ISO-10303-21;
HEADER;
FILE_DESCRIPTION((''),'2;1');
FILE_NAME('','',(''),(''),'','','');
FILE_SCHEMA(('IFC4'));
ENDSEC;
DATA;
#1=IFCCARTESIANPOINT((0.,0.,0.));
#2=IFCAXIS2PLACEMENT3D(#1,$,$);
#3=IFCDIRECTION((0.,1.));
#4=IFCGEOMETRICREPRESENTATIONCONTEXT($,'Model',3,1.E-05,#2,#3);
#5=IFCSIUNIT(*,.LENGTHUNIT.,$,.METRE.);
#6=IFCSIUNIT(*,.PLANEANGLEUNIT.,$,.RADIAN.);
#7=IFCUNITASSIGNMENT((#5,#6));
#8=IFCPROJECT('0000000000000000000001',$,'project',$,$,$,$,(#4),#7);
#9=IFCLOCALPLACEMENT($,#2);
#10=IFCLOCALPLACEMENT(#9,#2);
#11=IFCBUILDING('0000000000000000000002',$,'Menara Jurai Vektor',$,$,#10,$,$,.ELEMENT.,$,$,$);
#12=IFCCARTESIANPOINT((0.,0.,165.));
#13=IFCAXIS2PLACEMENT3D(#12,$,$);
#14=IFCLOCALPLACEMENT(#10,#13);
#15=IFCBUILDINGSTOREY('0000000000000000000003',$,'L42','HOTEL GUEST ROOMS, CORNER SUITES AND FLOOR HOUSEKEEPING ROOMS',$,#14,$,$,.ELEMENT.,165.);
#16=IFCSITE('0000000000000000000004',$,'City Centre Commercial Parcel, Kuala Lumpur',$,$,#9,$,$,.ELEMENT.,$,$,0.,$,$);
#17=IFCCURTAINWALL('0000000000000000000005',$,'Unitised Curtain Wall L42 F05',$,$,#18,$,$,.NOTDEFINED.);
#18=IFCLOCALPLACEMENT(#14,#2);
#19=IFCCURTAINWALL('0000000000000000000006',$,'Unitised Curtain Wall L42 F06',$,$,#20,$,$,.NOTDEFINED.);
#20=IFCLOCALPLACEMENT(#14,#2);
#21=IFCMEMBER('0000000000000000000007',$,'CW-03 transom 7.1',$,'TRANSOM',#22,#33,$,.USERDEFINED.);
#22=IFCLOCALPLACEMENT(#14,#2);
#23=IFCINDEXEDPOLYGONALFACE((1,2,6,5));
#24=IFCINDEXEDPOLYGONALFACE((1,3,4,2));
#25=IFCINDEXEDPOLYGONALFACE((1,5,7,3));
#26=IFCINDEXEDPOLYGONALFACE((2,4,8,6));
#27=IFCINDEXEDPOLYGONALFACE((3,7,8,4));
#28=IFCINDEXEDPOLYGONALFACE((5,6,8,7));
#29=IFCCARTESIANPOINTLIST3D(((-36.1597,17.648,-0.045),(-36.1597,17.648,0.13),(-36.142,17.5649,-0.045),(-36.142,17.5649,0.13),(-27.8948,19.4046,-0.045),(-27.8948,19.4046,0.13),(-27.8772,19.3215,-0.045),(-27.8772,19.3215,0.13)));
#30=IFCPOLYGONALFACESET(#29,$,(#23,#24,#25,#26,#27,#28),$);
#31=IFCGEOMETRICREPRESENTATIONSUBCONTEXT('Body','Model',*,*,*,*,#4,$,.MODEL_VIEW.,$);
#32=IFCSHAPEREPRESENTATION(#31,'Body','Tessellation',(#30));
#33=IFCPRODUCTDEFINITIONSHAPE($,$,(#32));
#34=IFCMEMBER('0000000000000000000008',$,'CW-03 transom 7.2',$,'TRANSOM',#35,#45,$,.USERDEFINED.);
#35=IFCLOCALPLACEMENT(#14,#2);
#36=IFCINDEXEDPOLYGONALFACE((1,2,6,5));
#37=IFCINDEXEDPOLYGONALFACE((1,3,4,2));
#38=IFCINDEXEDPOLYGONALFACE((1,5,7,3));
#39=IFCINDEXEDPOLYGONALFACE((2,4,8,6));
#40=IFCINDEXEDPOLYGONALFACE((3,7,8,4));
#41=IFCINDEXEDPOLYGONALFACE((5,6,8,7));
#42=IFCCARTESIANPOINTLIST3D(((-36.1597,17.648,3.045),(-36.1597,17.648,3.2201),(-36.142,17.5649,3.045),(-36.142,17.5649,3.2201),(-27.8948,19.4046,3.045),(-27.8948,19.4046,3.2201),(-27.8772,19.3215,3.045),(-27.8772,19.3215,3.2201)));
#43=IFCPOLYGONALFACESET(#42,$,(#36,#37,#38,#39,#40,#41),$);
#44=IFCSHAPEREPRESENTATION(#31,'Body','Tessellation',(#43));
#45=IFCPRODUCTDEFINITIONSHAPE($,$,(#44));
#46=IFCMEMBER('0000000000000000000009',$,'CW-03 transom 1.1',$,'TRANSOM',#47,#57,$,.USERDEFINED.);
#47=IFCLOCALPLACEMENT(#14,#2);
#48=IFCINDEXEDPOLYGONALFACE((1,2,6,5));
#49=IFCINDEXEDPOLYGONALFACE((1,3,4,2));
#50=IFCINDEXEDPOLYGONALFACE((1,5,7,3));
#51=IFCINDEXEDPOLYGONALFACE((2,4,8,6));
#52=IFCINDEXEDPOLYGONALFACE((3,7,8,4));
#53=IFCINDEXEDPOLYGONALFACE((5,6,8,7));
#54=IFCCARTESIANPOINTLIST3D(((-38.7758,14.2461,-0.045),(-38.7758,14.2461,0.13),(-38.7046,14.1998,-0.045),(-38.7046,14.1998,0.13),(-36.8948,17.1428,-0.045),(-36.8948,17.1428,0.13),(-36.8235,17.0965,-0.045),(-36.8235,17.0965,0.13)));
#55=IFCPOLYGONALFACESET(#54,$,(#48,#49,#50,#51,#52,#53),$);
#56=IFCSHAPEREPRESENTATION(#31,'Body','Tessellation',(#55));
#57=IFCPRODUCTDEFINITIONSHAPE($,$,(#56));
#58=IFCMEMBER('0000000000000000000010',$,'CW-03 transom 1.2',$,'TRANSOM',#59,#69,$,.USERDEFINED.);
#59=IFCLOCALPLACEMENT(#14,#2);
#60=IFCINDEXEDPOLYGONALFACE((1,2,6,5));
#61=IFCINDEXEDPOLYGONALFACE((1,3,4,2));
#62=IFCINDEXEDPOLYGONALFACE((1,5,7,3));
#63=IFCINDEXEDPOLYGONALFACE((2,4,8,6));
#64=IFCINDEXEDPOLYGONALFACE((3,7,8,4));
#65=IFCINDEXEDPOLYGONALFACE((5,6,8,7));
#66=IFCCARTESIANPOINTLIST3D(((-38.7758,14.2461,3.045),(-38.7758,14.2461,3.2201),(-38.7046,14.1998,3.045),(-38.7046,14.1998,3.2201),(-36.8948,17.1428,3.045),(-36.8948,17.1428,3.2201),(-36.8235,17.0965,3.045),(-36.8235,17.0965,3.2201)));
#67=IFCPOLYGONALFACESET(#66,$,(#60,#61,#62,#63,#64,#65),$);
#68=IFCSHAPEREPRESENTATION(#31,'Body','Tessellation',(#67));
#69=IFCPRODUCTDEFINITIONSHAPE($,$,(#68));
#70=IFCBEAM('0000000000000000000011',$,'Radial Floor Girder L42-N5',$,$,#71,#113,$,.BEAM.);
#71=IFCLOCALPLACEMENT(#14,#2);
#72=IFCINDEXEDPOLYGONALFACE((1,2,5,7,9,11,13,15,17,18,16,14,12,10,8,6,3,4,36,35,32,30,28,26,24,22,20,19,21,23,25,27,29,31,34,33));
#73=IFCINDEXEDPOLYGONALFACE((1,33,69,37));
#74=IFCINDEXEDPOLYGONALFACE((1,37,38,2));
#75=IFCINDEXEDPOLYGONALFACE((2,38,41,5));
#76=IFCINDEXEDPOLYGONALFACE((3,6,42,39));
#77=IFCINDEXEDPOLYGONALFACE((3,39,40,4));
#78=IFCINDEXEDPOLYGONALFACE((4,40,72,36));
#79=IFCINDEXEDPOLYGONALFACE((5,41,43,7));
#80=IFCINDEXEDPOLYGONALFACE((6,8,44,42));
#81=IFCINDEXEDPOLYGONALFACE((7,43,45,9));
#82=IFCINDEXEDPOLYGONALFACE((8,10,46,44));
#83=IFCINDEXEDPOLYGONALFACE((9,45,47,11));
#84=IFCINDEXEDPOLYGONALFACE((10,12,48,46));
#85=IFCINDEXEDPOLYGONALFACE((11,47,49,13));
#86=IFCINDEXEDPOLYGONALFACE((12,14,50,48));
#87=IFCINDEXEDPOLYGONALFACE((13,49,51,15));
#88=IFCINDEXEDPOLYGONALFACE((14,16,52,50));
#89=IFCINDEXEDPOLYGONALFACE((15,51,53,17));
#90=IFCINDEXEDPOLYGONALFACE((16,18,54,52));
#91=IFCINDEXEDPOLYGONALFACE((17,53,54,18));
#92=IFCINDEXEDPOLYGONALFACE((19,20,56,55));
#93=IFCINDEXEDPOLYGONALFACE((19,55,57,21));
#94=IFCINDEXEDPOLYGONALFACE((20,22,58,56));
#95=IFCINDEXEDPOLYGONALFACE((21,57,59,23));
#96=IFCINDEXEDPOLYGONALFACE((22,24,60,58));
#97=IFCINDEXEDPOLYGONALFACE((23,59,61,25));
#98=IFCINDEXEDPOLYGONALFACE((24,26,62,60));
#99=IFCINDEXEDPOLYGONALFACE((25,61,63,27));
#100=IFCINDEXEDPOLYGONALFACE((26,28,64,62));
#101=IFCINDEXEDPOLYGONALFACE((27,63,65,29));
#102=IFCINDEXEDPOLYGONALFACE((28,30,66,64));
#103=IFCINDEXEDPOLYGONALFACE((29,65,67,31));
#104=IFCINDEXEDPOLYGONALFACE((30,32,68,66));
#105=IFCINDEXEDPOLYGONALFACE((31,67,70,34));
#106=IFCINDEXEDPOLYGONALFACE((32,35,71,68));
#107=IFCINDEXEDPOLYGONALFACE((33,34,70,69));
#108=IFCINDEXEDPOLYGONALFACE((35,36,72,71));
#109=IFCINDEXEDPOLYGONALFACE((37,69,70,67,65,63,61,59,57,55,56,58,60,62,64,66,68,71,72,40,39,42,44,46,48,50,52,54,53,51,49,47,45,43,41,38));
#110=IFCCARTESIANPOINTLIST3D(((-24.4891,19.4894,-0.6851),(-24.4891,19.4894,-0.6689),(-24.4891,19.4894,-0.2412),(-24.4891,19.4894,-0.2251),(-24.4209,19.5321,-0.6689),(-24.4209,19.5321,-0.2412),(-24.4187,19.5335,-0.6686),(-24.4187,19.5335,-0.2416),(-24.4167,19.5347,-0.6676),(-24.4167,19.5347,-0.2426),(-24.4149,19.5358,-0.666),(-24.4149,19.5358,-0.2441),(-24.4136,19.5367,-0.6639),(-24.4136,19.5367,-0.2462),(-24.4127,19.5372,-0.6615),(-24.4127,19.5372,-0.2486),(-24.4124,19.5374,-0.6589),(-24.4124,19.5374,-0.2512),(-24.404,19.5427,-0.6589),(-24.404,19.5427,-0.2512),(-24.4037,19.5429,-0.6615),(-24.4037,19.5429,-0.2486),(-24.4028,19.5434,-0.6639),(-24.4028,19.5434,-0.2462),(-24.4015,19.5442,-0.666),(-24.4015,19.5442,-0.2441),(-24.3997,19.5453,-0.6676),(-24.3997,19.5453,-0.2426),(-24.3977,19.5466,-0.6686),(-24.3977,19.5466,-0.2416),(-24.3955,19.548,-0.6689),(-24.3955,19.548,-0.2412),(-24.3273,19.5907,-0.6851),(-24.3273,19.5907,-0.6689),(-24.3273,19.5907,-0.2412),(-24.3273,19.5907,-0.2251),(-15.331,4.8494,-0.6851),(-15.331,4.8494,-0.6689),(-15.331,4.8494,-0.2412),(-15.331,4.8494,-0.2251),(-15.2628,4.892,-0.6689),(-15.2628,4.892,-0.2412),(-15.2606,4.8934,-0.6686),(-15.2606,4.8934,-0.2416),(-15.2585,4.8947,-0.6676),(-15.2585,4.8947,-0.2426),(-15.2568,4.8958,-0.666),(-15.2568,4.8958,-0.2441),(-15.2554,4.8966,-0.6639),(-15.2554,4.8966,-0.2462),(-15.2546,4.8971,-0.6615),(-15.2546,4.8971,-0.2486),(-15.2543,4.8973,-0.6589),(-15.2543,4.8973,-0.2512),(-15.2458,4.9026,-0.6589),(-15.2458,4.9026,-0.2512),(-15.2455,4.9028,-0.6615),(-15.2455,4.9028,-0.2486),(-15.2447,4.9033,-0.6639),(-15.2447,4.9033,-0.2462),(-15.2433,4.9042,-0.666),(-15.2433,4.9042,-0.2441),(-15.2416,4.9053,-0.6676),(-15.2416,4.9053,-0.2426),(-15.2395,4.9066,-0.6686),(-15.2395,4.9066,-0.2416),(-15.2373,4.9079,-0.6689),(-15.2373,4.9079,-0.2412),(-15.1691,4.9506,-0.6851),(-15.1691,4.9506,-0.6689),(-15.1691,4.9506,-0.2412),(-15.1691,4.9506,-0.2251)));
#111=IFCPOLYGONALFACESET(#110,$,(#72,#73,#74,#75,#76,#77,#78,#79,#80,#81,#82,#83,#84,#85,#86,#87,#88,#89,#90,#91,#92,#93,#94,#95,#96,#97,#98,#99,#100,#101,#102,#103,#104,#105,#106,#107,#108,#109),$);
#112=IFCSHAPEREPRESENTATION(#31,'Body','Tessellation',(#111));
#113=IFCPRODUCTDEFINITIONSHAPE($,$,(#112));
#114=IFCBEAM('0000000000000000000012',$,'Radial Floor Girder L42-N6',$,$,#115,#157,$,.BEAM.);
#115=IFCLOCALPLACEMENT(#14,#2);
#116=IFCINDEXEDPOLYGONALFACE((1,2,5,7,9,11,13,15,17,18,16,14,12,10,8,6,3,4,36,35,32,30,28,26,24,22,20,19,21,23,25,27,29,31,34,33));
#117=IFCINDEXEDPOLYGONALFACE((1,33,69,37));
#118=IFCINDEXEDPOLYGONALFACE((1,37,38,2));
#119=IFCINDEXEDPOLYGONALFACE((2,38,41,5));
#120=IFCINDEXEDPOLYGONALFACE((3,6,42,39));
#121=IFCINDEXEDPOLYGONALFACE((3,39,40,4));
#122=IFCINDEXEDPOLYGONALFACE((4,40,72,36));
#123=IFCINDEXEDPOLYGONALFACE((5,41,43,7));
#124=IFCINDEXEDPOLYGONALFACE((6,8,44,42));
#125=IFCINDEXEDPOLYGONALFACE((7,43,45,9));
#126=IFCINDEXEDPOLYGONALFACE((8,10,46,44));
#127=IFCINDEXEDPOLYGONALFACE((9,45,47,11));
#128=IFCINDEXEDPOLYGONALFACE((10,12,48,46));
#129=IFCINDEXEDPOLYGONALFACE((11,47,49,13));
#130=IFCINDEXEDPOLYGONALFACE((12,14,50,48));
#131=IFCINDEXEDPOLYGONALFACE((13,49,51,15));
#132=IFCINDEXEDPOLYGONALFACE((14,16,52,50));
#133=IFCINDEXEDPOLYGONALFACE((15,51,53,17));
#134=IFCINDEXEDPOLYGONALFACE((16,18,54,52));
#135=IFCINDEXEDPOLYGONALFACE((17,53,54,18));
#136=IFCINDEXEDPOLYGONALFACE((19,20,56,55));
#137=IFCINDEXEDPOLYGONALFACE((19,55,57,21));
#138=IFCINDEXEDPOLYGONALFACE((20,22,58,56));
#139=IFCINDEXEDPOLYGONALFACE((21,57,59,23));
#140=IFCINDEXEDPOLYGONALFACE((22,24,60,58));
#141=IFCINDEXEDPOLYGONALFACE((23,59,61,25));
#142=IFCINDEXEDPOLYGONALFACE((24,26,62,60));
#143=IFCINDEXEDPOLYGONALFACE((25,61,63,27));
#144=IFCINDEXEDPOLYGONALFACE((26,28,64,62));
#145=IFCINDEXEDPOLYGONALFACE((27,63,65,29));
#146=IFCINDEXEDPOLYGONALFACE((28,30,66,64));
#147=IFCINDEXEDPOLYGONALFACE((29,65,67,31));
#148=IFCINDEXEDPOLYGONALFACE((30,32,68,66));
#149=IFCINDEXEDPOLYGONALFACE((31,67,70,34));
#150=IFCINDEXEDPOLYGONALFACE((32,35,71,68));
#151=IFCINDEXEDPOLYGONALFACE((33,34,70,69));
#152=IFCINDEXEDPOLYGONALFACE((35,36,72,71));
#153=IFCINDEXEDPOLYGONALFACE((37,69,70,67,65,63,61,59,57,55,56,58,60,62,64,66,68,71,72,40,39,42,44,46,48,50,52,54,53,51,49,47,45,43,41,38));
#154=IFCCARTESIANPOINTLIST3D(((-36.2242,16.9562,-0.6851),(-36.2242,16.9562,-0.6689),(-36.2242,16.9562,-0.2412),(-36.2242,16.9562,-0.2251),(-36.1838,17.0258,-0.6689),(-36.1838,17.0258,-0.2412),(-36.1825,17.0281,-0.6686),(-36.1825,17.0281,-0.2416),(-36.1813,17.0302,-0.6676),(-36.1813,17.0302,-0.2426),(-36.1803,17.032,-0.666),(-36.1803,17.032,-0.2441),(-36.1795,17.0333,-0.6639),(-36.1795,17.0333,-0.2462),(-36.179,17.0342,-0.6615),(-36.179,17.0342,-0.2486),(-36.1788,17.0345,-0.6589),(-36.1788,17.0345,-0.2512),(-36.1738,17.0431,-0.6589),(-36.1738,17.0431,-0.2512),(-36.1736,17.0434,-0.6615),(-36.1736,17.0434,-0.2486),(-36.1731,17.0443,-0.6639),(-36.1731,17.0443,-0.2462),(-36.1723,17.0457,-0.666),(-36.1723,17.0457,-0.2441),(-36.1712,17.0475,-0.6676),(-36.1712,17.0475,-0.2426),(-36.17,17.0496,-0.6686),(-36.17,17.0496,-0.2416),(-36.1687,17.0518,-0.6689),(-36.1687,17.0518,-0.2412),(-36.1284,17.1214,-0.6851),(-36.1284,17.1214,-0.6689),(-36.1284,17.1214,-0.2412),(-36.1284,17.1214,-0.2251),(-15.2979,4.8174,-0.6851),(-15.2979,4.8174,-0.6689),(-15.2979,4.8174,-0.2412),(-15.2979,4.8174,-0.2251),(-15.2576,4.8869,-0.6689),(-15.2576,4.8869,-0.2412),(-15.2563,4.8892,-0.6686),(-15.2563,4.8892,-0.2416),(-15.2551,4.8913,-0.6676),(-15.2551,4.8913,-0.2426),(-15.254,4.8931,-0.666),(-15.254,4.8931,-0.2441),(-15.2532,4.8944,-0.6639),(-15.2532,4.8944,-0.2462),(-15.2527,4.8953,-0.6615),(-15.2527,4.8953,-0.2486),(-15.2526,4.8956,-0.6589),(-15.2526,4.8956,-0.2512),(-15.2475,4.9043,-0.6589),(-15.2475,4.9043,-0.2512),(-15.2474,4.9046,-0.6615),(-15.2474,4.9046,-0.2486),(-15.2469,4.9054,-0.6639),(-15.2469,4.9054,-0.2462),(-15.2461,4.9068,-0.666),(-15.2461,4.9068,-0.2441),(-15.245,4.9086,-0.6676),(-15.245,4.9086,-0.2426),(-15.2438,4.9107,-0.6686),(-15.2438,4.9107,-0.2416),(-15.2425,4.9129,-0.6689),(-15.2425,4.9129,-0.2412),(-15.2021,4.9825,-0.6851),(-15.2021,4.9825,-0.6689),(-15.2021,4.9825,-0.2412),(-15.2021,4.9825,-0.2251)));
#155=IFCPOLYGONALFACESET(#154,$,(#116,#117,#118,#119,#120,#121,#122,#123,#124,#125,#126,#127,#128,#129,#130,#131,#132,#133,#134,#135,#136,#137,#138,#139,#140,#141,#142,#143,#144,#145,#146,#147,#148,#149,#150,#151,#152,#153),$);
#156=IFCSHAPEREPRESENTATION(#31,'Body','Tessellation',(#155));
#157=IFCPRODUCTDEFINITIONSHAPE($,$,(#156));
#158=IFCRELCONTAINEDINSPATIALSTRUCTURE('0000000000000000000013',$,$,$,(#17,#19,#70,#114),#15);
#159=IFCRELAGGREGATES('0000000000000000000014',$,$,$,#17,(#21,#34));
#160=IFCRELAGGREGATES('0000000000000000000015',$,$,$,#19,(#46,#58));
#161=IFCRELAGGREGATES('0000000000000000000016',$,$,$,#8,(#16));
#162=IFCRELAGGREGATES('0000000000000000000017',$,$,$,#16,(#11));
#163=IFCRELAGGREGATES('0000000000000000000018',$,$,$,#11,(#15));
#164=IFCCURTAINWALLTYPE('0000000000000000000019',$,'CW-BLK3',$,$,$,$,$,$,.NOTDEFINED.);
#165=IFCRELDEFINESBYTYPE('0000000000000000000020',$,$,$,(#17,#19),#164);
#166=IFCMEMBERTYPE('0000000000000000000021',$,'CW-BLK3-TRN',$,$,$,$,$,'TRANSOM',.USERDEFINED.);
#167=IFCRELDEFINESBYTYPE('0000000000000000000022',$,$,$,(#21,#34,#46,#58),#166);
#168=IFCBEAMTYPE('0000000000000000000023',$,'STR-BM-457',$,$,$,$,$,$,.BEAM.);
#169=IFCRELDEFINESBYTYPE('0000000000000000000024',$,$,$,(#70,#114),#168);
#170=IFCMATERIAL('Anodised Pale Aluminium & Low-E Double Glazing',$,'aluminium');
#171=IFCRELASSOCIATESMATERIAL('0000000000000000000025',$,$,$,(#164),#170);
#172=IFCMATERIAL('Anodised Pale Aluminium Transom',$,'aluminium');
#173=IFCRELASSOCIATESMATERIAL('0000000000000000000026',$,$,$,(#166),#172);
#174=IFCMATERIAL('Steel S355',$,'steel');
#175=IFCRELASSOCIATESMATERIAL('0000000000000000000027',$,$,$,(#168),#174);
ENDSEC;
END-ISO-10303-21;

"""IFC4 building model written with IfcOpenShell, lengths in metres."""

from ifc_helpers import new_model, si_unit, direction, frame, origin, origin_2d, place, context, subcontext, project, spatial, rectangle, i_section, extrude, material, material_profile, profile_set, type_object, element, aggregate, save


model = new_model("IFC4")

# Units and contexts
model_context = context("Model", 3, precision=1e-05, world=origin(), true_north=direction((0.0, 1.0)))
body_context = subcontext(model_context, "Body", "Model", "MODEL_VIEW")
ifc_project = project(units=[si_unit("LENGTHUNIT", "METRE"), si_unit("PLANEANGLEUNIT", "RADIAN")], contexts=[model_context])

# Site, building, storey
site_placement = place(None, origin())
site = spatial("IfcSite", under=ifc_project, at=site_placement, Name="City Centre Commercial Parcel, Kuala Lumpur", CompositionType="ELEMENT", RefElevation=0.0)
building_placement = place(site_placement, origin())
building = spatial("IfcBuilding", under=site, at=building_placement, Name="Menara Jurai Vektor", CompositionType="ELEMENT")
storey_placement = place(building_placement, frame((0.0, 0.0, 165.0)))
storey = spatial("IfcBuildingStorey", under=building, at=storey_placement, Name="L42", Description="HOTEL GUEST ROOMS, CORNER SUITES AND FLOOR HOUSEKEEPING ROOMS", CompositionType="ELEMENT", Elevation=165.0)

# Curtain walls
ifc_material_1 = material(Name="Anodised Pale Aluminium & Low-E Double Glazing", Category="aluminium")
curtain_wall_type = type_object("IfcCurtainWallType", Name="CW-BLK3", PredefinedType="NOTDEFINED", material=ifc_material_1)
curtain_wall_1_placement = place(storey_placement, origin())
curtain_wall_1 = element("IfcCurtainWall", 1, at=curtain_wall_1_placement, inside=storey, type_object=curtain_wall_type, Name="Unitised Curtain Wall L42 F05", PredefinedType="NOTDEFINED")
curtain_wall_2_placement = place(storey_placement, origin())
curtain_wall_2 = element("IfcCurtainWall", 2, at=curtain_wall_2_placement, inside=storey, type_object=curtain_wall_type, Name="Unitised Curtain Wall L42 F06", PredefinedType="NOTDEFINED")

# Members
ifc_material_2 = material(Name="Anodised Pale Aluminium Transom", Category="aluminium")
ifc_material_profile_1 = material_profile(ifc_material_2, rectangle(XDim=0.085, YDim=0.175, at=origin_2d()), Name="ALU TRN 85x175")
ifc_profile_set_1 = profile_set([ifc_material_profile_1], Name="Anodised Pale Aluminium Transom")
member_type_1 = type_object("IfcMemberType", Name="CW-BLK3-TRN", ElementType="TRANSOM", PredefinedType="USERDEFINED", material=ifc_profile_set_1)
member_1_placement = place(storey_placement, frame((-27.886, 19.363, 0.0425), z_axis=(-0.978152, -0.207893, 0.0), x_axis=(0.207893, -0.978152, 0.0)))
member_1 = element("IfcMember", 3, at=member_1_placement, type_object=member_type_1, Name="CW-03 transom 7.1", ObjectType="TRANSOM", PredefinedType="USERDEFINED", context=body_context, shape_type="SweptSolid", body=[
    extrude(rectangle(XDim=0.085, YDim=0.175, at=origin_2d()), origin(), (0.0, 0.0, 1.0), 8.4495),
])
member_2_placement = place(storey_placement, frame((-27.886, 19.363, 3.1326), z_axis=(-0.978152, -0.207893, 0.0), x_axis=(0.207893, -0.978152, 0.0)))
member_2 = element("IfcMember", 4, at=member_2_placement, type_object=member_type_1, Name="CW-03 transom 7.2", ObjectType="TRANSOM", PredefinedType="USERDEFINED", context=body_context, shape_type="SweptSolid", body=[
    extrude(rectangle(XDim=0.085, YDim=0.175, at=origin_2d()), origin(), (0.0, 0.0, 1.0), 8.4495),
])
member_3_placement = place(storey_placement, frame((-36.8591, 17.1196, 0.0425), z_axis=(-0.544628, -0.838678, 0.0), x_axis=(0.838678, -0.544628, 0.0)))
member_3 = element("IfcMember", 5, at=member_3_placement, type_object=member_type_1, Name="CW-03 transom 1.1", ObjectType="TRANSOM", PredefinedType="USERDEFINED", context=body_context, shape_type="SweptSolid", body=[
    extrude(rectangle(XDim=0.085, YDim=0.175, at=origin_2d()), origin(), (0.0, 0.0, 1.0), 3.4539),
])
member_4_placement = place(storey_placement, frame((-36.8591, 17.1196, 3.1326), z_axis=(-0.544628, -0.838678, 0.0), x_axis=(0.838678, -0.544628, 0.0)))
member_4 = element("IfcMember", 6, at=member_4_placement, type_object=member_type_1, Name="CW-03 transom 1.2", ObjectType="TRANSOM", PredefinedType="USERDEFINED", context=body_context, shape_type="SweptSolid", body=[
    extrude(rectangle(XDim=0.085, YDim=0.175, at=origin_2d()), origin(), (0.0, 0.0, 1.0), 3.4539),
])

# Beams
ifc_material_3 = material(Name="Steel S355", Category="steel")
ifc_material_profile_2 = material_profile(ifc_material_3, i_section(OverallWidth=0.1909, OverallDepth=0.46, WebThickness=0.01, FlangeThickness=0.0161, FilletRadius=0.01, at=origin_2d()), Name="UKB 457x191x82")
ifc_profile_set_2 = profile_set([ifc_material_profile_2], Name="Steel S355")
beam_type_1 = type_object("IfcBeamType", Name="STR-BM-457", PredefinedType="BEAM", material=ifc_profile_set_2)
beam_1_placement = place(storey_placement, frame((-24.4082, 19.54, -0.4551), z_axis=(0.530337, -0.847787, 0.0), x_axis=(0.847787, 0.530337, 0.0)))
element("IfcBeam", 7, at=beam_1_placement, inside=storey, type_object=beam_type_1, Name="Radial Floor Girder L42-N5", PredefinedType="BEAM", context=body_context, shape_type="SweptSolid", body=[
    extrude(i_section(OverallWidth=0.1909, OverallDepth=0.46, WebThickness=0.01, FlangeThickness=0.0161, FilletRadius=0.01, at=origin_2d()), origin(), (0.0, 0.0, 1.0), 17.2686),
])
beam_2_placement = place(storey_placement, frame((-36.1763, 17.0388, -0.4551), z_axis=(0.865001, -0.50177, 0.0), x_axis=(0.50177, 0.865001, 0.0)))
element("IfcBeam", 8, at=beam_2_placement, inside=storey, type_object=beam_type_1, Name="Radial Floor Girder L42-N6", PredefinedType="BEAM", context=body_context, shape_type="SweptSolid", body=[
    extrude(i_section(OverallWidth=0.1909, OverallDepth=0.46, WebThickness=0.01, FlangeThickness=0.0161, FilletRadius=0.01, at=origin_2d()), origin(), (0.0, 0.0, 1.0), 24.1921),
])

aggregate(curtain_wall_1, [member_1, member_2])
aggregate(curtain_wall_2, [member_3, member_4])

save(model, "model.ifc")
